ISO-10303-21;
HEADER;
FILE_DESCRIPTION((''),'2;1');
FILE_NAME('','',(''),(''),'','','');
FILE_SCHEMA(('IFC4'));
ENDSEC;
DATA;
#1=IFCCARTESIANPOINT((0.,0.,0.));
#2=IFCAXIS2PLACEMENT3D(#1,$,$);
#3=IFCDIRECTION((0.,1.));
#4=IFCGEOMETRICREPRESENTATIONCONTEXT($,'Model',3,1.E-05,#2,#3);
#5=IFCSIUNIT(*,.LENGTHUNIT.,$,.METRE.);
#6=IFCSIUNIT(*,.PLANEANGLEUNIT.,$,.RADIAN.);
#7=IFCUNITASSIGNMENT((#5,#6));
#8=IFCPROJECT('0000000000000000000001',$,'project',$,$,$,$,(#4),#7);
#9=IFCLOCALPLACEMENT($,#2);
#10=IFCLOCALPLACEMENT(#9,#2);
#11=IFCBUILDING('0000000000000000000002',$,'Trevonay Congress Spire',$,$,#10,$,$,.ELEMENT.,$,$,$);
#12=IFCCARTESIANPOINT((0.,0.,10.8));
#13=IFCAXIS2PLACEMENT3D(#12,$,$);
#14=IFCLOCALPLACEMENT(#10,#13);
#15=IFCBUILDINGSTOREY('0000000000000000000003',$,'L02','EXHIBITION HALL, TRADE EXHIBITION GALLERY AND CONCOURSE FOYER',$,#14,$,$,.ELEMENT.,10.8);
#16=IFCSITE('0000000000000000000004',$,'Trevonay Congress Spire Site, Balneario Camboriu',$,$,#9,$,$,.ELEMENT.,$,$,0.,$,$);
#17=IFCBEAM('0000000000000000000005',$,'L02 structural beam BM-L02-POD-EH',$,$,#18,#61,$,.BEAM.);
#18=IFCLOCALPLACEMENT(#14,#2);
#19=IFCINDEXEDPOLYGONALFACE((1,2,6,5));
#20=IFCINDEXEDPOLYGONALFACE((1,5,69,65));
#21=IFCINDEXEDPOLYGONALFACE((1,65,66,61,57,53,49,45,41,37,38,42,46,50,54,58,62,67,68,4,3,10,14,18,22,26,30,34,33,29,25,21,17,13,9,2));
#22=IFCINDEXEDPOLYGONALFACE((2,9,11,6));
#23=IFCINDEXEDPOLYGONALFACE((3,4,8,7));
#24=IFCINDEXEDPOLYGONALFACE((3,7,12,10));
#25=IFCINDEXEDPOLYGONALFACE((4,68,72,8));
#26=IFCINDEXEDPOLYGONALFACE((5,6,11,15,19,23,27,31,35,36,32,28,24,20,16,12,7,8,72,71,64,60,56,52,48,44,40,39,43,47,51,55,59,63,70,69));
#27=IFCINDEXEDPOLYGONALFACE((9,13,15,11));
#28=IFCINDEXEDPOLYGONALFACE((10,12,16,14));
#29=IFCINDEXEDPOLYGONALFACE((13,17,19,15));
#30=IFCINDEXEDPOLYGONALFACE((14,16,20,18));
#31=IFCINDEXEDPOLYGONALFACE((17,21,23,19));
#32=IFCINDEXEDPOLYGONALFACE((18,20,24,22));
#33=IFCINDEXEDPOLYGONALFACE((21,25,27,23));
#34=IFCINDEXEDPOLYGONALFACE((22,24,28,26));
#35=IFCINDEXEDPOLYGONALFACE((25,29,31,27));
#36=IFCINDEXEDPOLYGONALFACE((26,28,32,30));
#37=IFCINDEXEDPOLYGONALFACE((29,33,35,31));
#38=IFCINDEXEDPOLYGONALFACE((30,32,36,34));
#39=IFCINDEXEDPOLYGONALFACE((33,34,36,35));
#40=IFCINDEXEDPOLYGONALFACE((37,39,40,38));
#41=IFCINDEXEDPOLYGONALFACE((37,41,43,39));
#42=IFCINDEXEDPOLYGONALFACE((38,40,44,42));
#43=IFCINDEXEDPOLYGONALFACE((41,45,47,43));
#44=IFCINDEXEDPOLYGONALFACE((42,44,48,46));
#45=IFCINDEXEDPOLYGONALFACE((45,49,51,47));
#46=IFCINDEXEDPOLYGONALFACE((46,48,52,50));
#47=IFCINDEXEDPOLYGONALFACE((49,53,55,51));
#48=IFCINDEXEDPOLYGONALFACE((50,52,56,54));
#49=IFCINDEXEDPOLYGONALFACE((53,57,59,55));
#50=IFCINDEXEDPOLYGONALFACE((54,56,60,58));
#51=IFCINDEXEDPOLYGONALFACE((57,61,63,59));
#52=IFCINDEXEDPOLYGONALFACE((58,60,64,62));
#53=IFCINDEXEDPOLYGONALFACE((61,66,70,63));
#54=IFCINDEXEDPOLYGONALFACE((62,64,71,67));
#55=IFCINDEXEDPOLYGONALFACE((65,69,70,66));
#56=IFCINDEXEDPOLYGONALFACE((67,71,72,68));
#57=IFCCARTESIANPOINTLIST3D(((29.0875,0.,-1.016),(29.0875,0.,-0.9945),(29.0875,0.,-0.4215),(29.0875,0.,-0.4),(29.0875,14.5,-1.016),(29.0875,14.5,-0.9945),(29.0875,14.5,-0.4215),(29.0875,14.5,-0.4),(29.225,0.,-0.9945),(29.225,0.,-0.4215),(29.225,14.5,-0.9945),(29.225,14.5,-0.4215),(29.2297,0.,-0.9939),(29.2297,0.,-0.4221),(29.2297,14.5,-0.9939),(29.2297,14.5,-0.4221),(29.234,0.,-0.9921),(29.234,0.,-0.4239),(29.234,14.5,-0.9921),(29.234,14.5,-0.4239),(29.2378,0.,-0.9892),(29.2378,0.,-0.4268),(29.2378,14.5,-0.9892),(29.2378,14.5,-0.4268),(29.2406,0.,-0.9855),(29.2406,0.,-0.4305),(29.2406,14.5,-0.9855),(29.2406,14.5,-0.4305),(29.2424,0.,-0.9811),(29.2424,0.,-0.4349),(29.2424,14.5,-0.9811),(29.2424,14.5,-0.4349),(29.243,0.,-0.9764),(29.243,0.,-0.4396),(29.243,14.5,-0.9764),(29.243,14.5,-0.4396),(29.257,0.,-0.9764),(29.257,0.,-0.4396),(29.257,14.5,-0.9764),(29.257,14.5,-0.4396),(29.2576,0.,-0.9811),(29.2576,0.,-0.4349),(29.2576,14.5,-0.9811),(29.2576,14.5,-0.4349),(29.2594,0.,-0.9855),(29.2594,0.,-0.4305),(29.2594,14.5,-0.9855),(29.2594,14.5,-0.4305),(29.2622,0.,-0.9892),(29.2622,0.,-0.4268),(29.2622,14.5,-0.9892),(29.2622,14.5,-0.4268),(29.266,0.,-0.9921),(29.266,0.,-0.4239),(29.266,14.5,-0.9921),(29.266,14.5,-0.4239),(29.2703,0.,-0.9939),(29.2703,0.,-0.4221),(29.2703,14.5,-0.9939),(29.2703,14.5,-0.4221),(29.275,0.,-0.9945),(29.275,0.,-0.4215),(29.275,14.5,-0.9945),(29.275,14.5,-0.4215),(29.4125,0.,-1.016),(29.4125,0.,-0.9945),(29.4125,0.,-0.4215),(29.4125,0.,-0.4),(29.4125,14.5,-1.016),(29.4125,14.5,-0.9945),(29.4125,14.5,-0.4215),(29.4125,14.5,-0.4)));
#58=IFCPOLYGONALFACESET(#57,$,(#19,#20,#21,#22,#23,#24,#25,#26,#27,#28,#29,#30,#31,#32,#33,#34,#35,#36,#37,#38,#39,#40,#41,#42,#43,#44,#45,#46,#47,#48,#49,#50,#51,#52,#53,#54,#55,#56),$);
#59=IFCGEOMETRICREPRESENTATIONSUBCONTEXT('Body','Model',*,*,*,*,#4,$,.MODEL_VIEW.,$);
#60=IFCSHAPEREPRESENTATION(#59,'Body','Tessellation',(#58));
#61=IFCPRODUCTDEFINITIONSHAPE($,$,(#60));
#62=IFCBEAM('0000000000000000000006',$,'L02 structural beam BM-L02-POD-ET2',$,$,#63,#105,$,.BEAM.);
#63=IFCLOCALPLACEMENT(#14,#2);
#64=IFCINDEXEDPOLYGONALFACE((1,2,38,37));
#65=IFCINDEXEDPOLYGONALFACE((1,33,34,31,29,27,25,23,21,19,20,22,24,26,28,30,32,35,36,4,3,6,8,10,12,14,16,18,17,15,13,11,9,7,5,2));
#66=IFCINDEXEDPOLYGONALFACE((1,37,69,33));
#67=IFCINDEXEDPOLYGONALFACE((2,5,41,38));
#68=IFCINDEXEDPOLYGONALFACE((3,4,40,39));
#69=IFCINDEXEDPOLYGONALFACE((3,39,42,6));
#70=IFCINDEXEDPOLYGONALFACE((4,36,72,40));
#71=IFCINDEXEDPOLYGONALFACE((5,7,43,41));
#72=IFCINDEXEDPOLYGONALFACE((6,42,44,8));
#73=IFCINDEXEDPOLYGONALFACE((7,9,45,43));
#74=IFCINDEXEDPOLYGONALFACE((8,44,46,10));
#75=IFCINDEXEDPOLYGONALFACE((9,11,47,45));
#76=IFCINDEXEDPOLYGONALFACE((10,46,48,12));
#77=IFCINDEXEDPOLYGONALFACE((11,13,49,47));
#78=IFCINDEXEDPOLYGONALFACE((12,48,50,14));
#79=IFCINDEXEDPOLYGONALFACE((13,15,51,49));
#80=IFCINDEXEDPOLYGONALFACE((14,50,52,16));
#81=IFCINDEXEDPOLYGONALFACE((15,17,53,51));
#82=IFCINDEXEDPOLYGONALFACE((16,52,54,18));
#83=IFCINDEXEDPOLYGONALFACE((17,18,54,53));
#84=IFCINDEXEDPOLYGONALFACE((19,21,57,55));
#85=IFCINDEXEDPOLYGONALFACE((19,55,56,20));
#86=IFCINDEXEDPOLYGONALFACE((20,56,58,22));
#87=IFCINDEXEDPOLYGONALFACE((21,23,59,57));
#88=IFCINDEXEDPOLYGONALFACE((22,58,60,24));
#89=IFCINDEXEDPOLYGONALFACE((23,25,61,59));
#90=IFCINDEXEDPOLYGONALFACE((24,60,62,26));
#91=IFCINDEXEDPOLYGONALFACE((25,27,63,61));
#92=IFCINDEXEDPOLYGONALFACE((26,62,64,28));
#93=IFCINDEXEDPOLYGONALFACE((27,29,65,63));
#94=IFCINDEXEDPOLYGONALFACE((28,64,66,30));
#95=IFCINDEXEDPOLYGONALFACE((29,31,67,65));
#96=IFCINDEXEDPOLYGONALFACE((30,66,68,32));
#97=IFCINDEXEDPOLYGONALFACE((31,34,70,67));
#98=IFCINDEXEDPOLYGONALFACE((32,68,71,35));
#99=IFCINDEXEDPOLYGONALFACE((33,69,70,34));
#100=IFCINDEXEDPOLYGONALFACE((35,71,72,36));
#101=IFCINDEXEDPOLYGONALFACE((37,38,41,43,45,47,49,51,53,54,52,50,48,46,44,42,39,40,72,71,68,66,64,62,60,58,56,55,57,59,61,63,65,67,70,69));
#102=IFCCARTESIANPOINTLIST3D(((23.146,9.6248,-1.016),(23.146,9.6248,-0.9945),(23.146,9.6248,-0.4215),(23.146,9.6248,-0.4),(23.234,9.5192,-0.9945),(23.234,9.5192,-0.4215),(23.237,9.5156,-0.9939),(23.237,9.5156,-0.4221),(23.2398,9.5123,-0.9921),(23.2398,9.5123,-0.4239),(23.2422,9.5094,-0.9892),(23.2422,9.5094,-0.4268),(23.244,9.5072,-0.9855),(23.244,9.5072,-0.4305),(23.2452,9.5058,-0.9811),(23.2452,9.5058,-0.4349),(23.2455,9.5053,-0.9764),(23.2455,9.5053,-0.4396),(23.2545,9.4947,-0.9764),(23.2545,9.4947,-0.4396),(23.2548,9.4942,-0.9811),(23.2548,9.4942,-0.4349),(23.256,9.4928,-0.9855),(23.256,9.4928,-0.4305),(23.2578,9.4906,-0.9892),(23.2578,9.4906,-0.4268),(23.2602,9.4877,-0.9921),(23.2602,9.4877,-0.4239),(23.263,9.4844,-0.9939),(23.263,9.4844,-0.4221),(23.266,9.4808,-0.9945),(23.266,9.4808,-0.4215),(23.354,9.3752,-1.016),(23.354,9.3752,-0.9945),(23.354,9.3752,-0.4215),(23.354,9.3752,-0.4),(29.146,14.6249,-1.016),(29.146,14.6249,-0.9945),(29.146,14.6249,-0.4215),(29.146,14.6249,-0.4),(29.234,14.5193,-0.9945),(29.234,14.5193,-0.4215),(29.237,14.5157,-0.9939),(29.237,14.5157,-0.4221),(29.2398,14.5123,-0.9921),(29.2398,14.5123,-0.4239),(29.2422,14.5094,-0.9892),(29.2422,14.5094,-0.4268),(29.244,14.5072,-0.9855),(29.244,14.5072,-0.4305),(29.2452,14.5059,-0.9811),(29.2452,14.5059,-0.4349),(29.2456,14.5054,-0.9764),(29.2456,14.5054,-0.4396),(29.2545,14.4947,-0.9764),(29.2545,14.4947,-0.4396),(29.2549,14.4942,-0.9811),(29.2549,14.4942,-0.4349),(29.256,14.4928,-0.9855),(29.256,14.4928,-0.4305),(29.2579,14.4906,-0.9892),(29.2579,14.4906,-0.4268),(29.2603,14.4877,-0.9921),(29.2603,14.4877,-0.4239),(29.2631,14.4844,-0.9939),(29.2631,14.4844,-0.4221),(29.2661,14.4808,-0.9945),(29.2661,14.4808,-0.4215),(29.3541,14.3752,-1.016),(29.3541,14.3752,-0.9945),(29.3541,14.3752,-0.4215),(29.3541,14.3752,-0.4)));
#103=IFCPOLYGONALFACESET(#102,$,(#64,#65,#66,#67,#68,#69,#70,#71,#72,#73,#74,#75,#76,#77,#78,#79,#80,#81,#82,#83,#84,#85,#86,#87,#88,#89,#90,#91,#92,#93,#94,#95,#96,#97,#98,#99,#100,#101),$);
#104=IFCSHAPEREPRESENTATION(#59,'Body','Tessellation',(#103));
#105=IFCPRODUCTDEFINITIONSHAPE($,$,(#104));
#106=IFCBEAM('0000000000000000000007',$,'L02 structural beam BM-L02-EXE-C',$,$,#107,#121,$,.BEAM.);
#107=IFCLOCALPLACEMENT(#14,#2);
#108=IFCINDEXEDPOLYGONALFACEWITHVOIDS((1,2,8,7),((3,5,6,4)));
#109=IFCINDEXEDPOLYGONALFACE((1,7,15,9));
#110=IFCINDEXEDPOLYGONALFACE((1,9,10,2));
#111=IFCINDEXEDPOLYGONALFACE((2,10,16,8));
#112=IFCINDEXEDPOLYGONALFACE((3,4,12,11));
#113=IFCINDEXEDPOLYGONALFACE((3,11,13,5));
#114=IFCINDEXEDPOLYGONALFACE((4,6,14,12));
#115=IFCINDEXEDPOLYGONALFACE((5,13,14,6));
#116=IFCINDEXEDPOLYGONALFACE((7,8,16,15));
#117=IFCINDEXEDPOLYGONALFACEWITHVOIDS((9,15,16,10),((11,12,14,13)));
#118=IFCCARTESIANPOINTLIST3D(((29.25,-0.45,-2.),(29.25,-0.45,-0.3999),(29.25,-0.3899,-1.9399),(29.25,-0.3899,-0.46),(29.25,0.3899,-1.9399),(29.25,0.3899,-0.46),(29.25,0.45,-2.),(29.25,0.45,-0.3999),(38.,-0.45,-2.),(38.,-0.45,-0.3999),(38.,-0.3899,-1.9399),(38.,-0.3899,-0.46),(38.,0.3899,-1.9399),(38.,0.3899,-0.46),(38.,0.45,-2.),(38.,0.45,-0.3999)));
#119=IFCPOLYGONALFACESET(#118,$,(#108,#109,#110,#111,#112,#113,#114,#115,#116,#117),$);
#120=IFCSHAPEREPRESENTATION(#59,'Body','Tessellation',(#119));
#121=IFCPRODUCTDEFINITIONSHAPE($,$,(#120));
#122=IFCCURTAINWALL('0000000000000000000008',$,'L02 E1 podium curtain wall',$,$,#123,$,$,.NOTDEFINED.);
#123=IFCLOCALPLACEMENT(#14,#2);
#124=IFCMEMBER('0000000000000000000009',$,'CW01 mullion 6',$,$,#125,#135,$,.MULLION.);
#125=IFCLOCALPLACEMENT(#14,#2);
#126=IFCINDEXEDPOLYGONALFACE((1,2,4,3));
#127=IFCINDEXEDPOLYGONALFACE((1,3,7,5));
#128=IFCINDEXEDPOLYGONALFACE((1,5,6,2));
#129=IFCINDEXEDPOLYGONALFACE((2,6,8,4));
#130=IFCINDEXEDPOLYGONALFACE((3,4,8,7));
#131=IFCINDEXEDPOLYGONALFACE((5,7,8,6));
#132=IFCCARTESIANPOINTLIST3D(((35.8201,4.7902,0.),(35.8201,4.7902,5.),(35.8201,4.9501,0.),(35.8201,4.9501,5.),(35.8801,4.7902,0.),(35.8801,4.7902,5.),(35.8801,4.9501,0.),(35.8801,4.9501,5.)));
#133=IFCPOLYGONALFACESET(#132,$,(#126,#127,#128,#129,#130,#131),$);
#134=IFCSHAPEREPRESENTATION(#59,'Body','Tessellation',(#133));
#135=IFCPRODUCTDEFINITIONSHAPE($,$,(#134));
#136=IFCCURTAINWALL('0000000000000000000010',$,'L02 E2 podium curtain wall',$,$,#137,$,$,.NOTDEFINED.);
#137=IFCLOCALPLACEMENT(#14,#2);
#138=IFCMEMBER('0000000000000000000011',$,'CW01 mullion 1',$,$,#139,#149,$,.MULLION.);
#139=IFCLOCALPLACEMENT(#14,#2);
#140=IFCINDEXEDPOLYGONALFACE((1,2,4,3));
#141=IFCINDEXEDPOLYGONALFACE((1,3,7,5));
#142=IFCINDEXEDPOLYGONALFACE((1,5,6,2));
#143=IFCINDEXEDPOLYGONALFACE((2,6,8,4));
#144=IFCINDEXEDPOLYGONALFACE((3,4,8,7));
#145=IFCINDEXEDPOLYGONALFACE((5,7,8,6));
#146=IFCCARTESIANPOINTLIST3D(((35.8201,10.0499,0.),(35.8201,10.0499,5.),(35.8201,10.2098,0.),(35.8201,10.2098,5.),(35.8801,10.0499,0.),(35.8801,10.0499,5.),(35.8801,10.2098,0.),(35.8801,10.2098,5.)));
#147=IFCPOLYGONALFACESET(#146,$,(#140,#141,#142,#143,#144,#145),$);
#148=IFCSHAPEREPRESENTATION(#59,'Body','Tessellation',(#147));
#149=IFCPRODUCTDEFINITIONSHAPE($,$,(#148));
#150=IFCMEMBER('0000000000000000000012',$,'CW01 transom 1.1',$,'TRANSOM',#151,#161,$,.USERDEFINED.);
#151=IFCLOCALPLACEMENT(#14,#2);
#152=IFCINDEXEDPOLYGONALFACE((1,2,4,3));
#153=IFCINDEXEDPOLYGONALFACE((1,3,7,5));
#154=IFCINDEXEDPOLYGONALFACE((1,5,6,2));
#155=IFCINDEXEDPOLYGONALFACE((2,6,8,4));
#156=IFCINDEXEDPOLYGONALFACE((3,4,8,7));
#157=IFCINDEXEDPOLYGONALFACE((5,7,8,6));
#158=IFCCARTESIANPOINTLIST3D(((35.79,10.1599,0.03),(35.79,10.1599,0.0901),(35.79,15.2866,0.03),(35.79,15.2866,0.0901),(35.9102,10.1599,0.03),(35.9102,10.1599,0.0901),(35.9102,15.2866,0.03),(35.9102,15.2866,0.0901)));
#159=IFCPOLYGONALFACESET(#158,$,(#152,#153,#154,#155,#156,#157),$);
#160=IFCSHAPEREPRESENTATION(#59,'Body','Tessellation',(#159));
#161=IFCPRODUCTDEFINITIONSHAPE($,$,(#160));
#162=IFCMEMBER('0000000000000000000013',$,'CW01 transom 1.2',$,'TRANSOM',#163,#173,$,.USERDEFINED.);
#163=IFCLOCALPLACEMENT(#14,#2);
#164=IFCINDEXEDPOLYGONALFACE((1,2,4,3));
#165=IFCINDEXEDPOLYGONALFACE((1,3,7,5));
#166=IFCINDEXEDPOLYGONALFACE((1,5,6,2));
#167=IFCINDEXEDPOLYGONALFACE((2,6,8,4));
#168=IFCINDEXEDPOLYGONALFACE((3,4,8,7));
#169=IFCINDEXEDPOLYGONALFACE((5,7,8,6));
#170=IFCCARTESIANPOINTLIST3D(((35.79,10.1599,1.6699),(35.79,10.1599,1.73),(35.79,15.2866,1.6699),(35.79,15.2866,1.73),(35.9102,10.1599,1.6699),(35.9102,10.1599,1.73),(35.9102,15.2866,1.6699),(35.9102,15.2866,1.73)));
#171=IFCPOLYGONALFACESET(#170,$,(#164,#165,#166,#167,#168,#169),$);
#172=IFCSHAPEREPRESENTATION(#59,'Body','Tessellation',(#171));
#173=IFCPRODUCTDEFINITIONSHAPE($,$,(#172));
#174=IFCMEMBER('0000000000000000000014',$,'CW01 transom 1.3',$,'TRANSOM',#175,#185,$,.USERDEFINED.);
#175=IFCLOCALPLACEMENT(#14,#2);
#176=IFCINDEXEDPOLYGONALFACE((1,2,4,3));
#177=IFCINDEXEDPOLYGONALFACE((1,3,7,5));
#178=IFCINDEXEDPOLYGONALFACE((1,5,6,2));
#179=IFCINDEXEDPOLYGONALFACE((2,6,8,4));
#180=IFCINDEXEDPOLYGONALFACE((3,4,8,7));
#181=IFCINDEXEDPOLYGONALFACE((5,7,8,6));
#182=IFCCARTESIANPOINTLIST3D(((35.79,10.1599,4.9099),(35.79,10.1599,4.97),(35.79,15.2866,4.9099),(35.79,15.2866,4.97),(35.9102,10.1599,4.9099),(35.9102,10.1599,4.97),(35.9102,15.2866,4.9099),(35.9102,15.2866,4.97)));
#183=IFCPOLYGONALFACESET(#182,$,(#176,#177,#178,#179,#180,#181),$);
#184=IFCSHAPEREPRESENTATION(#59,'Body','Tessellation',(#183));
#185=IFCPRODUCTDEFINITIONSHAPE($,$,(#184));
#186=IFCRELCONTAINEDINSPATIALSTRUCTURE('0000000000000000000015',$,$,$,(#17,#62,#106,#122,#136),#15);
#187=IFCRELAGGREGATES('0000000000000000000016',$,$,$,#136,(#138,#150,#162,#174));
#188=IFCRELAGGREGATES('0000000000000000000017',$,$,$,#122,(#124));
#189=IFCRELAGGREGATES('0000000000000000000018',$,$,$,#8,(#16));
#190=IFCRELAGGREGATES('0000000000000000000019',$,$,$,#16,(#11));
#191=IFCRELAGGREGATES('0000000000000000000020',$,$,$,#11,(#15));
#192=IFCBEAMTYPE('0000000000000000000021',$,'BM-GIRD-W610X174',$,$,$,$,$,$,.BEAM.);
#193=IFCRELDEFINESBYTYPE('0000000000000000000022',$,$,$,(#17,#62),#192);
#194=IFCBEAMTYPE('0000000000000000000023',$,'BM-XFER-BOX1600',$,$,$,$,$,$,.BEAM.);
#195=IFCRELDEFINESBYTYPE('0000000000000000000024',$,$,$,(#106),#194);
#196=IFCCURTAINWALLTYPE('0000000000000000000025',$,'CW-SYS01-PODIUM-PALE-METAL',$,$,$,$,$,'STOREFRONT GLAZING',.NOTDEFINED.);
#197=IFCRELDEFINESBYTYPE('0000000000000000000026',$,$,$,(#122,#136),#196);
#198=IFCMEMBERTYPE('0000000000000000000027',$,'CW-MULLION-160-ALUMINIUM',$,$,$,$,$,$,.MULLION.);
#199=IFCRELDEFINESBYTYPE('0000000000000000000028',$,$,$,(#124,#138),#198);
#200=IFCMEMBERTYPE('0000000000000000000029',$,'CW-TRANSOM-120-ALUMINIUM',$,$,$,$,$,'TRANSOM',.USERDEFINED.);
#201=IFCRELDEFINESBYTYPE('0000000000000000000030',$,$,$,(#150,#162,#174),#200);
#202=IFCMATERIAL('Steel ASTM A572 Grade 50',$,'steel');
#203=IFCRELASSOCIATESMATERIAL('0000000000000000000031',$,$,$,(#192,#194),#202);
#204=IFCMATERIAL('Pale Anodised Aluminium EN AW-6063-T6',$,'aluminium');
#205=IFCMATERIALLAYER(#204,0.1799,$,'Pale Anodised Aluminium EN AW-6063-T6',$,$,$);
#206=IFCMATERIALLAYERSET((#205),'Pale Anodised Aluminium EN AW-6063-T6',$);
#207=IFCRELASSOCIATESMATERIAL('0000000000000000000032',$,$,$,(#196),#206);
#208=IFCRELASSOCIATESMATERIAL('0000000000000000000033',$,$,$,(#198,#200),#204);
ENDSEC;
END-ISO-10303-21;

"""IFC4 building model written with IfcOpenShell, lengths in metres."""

from ifc_helpers import new_model, si_unit, direction, frame, origin, origin_2d, place, context, subcontext, project, spatial, rectangle, hollow_rectangle, i_section, extrude, material, layer, layer_set, material_profile, profile_set, type_object, element, aggregate, save


model = new_model("IFC4")

# Units and contexts
model_context = context("Model", 3, precision=1e-05, world=origin(), true_north=direction((0.0, 1.0)))
body_context = subcontext(model_context, "Body", "Model", "MODEL_VIEW")
ifc_project = project(units=[si_unit("LENGTHUNIT", "METRE"), si_unit("PLANEANGLEUNIT", "RADIAN")], contexts=[model_context])

# Site, building, storey
site_placement = place(None, origin())
site = spatial("IfcSite", under=ifc_project, at=site_placement, Name="Trevonay Congress Spire Site, Balneario Camboriu", CompositionType="ELEMENT", RefElevation=0.0)
building_placement = place(site_placement, origin())
building = spatial("IfcBuilding", under=site, at=building_placement, Name="Trevonay Congress Spire", CompositionType="ELEMENT")
storey_placement = place(building_placement, frame((0.0, 0.0, 10.8)))
storey = spatial("IfcBuildingStorey", under=building, at=storey_placement, Name="L02", Description="EXHIBITION HALL, TRADE EXHIBITION GALLERY AND CONCOURSE FOYER", CompositionType="ELEMENT", Elevation=10.8)

# Shared definitions
ifc_material_1 = material(Name="Steel ASTM A572 Grade 50", Category="steel")

# Beams
ifc_material_profile_1 = material_profile(ifc_material_1, i_section(OverallWidth=0.325, OverallDepth=0.616, WebThickness=0.0139, FlangeThickness=0.0215, FilletRadius=0.0181, at=origin_2d()), Name="W610x174")
ifc_profile_set_1 = profile_set([ifc_material_profile_1], Name="Steel ASTM A572 Grade 50")
beam_type_1 = type_object("IfcBeamType", Name="BM-GIRD-W610X174", PredefinedType="BEAM", material=ifc_profile_set_1)
beam_1_placement = place(storey_placement, frame((29.25, 0.0, -0.708), z_axis=(0.0, 1.0, 0.0), x_axis=(-1.0, 0.0, 0.0)))
element("IfcBeam", 1, at=beam_1_placement, inside=storey, type_object=beam_type_1, Name="L02 structural beam BM-L02-POD-EH", PredefinedType="BEAM", context=body_context, shape_type="SweptSolid", body=[
    extrude(i_section(OverallWidth=0.325, OverallDepth=0.616, WebThickness=0.0139, FlangeThickness=0.0215, FilletRadius=0.0181, at=origin_2d()), origin(), (0.0, 0.0, 1.0), 14.5),
])
beam_2_placement = place(storey_placement, frame((23.25, 9.5, -0.708), z_axis=(0.768221, 0.640184, 0.0), x_axis=(-0.640184, 0.768221, 0.0)))
element("IfcBeam", 2, at=beam_2_placement, inside=storey, type_object=beam_type_1, Name="L02 structural beam BM-L02-POD-ET2", PredefinedType="BEAM", context=body_context, shape_type="SweptSolid", body=[
    extrude(i_section(OverallWidth=0.325, OverallDepth=0.616, WebThickness=0.0139, FlangeThickness=0.0215, FilletRadius=0.0181, at=origin_2d()), origin(), (0.0, 0.0, 1.0), 7.8103),
])
ifc_material_profile_2 = material_profile(ifc_material_1, hollow_rectangle(XDim=0.8999, YDim=1.6001, WallThickness=0.0601, at=origin_2d()), Name="BOX 1600x900x60")
ifc_profile_set_2 = profile_set([ifc_material_profile_2], Name="Steel ASTM A572 Grade 50")
beam_type_2 = type_object("IfcBeamType", Name="BM-XFER-BOX1600", PredefinedType="BEAM", material=ifc_profile_set_2)
beam_3_placement = place(storey_placement, frame((29.25, 0.0, -1.2), z_axis=(1.0, 0.0, 0.0), x_axis=(0.0, 1.0, 0.0)))
element("IfcBeam", 3, at=beam_3_placement, inside=storey, type_object=beam_type_2, Name="L02 structural beam BM-L02-EXE-C", PredefinedType="BEAM", context=body_context, shape_type="SweptSolid", body=[
    extrude(hollow_rectangle(XDim=0.8999, YDim=1.6001, WallThickness=0.0601, at=origin_2d()), origin(), (0.0, 0.0, 1.0), 8.75),
])

# Curtain wall, member
ifc_material_2 = material(Name="Pale Anodised Aluminium EN AW-6063-T6", Category="aluminium")
ifc_layer_1 = layer(ifc_material_2, 0.1799, Name="Pale Anodised Aluminium EN AW-6063-T6")
ifc_layer_set_1 = layer_set([ifc_layer_1], Name="Pale Anodised Aluminium EN AW-6063-T6")
curtain_wall_type = type_object("IfcCurtainWallType", Name="CW-SYS01-PODIUM-PALE-METAL", ElementType="STOREFRONT GLAZING", PredefinedType="NOTDEFINED", material=ifc_layer_set_1)
curtain_wall_1_placement = place(storey_placement, origin())
curtain_wall_1 = element("IfcCurtainWall", 4, at=curtain_wall_1_placement, inside=storey, type_object=curtain_wall_type, Name="L02 E1 podium curtain wall", PredefinedType="NOTDEFINED")
ifc_material_profile_3 = material_profile(ifc_material_2, rectangle(XDim=0.0601, YDim=0.1599, at=origin_2d()), Name="CW-MULLION-160-ALUMINIUM")
ifc_profile_set_3 = profile_set([ifc_material_profile_3], Name="Pale Anodised Aluminium EN AW-6063-T6")
member_type_1 = type_object("IfcMemberType", Name="CW-MULLION-160-ALUMINIUM", PredefinedType="MULLION", material=ifc_profile_set_3)
member_1_placement = place(storey_placement, frame((35.8501, 4.8701, 0.0), z_axis=(0.0, 0.0, 1.0), x_axis=(-1.0, 0.0, 0.0)))
member_1 = element("IfcMember", 5, at=member_1_placement, type_object=member_type_1, Name="CW01 mullion 6", PredefinedType="MULLION", context=body_context, shape_type="SweptSolid", body=[
    extrude(rectangle(XDim=0.0601, YDim=0.1599, at=origin_2d()), origin(), (0.0, 0.0, 1.0), 5.0),
])

# Curtain wall, members
curtain_wall_2_placement = place(storey_placement, origin())
curtain_wall_2 = element("IfcCurtainWall", 6, at=curtain_wall_2_placement, inside=storey, type_object=curtain_wall_type, Name="L02 E2 podium curtain wall", PredefinedType="NOTDEFINED")
member_2_placement = place(storey_placement, frame((35.8501, 10.1299, 0.0), z_axis=(0.0, 0.0, 1.0), x_axis=(-1.0, 0.0, 0.0)))
member_2 = element("IfcMember", 7, at=member_2_placement, type_object=member_type_1, Name="CW01 mullion 1", PredefinedType="MULLION", context=body_context, shape_type="SweptSolid", body=[
    extrude(rectangle(XDim=0.0601, YDim=0.1599, at=origin_2d()), origin(), (0.0, 0.0, 1.0), 5.0),
])
ifc_material_profile_4 = material_profile(ifc_material_2, rectangle(XDim=0.1201, YDim=0.0601, at=origin_2d()), Name="CW-TRANSOM-120-ALUMINIUM")
ifc_profile_set_4 = profile_set([ifc_material_profile_4], Name="Pale Anodised Aluminium EN AW-6063-T6")
member_type_2 = type_object("IfcMemberType", Name="CW-TRANSOM-120-ALUMINIUM", ElementType="TRANSOM", PredefinedType="USERDEFINED", material=ifc_profile_set_4)
member_3_placement = place(storey_placement, frame((35.8501, 10.1599, 0.0601), z_axis=(0.0, 1.0, 0.0), x_axis=(-1.0, 0.0, 0.0)))
member_3 = element("IfcMember", 8, at=member_3_placement, type_object=member_type_2, Name="CW01 transom 1.1", ObjectType="TRANSOM", PredefinedType="USERDEFINED", context=body_context, shape_type="SweptSolid", body=[
    extrude(rectangle(XDim=0.1201, YDim=0.0601, at=origin_2d()), origin(), (0.0, 0.0, 1.0), 5.1267),
])
member_4_placement = place(storey_placement, frame((35.8501, 10.1599, 1.7), z_axis=(0.0, 1.0, 0.0), x_axis=(-1.0, 0.0, 0.0)))
member_4 = element("IfcMember", 9, at=member_4_placement, type_object=member_type_2, Name="CW01 transom 1.2", ObjectType="TRANSOM", PredefinedType="USERDEFINED", context=body_context, shape_type="SweptSolid", body=[
    extrude(rectangle(XDim=0.1201, YDim=0.0601, at=origin_2d()), origin(), (0.0, 0.0, 1.0), 5.1267),
])
member_5_placement = place(storey_placement, frame((35.8501, 10.1599, 4.9399), z_axis=(0.0, 1.0, 0.0), x_axis=(-1.0, 0.0, 0.0)))
member_5 = element("IfcMember", 10, at=member_5_placement, type_object=member_type_2, Name="CW01 transom 1.3", ObjectType="TRANSOM", PredefinedType="USERDEFINED", context=body_context, shape_type="SweptSolid", body=[
    extrude(rectangle(XDim=0.1201, YDim=0.0601, at=origin_2d()), origin(), (0.0, 0.0, 1.0), 5.1267),
])
aggregate(curtain_wall_2, [member_2, member_3, member_4, member_5])

aggregate(curtain_wall_1, [member_1])

save(model, "model.ifc")
